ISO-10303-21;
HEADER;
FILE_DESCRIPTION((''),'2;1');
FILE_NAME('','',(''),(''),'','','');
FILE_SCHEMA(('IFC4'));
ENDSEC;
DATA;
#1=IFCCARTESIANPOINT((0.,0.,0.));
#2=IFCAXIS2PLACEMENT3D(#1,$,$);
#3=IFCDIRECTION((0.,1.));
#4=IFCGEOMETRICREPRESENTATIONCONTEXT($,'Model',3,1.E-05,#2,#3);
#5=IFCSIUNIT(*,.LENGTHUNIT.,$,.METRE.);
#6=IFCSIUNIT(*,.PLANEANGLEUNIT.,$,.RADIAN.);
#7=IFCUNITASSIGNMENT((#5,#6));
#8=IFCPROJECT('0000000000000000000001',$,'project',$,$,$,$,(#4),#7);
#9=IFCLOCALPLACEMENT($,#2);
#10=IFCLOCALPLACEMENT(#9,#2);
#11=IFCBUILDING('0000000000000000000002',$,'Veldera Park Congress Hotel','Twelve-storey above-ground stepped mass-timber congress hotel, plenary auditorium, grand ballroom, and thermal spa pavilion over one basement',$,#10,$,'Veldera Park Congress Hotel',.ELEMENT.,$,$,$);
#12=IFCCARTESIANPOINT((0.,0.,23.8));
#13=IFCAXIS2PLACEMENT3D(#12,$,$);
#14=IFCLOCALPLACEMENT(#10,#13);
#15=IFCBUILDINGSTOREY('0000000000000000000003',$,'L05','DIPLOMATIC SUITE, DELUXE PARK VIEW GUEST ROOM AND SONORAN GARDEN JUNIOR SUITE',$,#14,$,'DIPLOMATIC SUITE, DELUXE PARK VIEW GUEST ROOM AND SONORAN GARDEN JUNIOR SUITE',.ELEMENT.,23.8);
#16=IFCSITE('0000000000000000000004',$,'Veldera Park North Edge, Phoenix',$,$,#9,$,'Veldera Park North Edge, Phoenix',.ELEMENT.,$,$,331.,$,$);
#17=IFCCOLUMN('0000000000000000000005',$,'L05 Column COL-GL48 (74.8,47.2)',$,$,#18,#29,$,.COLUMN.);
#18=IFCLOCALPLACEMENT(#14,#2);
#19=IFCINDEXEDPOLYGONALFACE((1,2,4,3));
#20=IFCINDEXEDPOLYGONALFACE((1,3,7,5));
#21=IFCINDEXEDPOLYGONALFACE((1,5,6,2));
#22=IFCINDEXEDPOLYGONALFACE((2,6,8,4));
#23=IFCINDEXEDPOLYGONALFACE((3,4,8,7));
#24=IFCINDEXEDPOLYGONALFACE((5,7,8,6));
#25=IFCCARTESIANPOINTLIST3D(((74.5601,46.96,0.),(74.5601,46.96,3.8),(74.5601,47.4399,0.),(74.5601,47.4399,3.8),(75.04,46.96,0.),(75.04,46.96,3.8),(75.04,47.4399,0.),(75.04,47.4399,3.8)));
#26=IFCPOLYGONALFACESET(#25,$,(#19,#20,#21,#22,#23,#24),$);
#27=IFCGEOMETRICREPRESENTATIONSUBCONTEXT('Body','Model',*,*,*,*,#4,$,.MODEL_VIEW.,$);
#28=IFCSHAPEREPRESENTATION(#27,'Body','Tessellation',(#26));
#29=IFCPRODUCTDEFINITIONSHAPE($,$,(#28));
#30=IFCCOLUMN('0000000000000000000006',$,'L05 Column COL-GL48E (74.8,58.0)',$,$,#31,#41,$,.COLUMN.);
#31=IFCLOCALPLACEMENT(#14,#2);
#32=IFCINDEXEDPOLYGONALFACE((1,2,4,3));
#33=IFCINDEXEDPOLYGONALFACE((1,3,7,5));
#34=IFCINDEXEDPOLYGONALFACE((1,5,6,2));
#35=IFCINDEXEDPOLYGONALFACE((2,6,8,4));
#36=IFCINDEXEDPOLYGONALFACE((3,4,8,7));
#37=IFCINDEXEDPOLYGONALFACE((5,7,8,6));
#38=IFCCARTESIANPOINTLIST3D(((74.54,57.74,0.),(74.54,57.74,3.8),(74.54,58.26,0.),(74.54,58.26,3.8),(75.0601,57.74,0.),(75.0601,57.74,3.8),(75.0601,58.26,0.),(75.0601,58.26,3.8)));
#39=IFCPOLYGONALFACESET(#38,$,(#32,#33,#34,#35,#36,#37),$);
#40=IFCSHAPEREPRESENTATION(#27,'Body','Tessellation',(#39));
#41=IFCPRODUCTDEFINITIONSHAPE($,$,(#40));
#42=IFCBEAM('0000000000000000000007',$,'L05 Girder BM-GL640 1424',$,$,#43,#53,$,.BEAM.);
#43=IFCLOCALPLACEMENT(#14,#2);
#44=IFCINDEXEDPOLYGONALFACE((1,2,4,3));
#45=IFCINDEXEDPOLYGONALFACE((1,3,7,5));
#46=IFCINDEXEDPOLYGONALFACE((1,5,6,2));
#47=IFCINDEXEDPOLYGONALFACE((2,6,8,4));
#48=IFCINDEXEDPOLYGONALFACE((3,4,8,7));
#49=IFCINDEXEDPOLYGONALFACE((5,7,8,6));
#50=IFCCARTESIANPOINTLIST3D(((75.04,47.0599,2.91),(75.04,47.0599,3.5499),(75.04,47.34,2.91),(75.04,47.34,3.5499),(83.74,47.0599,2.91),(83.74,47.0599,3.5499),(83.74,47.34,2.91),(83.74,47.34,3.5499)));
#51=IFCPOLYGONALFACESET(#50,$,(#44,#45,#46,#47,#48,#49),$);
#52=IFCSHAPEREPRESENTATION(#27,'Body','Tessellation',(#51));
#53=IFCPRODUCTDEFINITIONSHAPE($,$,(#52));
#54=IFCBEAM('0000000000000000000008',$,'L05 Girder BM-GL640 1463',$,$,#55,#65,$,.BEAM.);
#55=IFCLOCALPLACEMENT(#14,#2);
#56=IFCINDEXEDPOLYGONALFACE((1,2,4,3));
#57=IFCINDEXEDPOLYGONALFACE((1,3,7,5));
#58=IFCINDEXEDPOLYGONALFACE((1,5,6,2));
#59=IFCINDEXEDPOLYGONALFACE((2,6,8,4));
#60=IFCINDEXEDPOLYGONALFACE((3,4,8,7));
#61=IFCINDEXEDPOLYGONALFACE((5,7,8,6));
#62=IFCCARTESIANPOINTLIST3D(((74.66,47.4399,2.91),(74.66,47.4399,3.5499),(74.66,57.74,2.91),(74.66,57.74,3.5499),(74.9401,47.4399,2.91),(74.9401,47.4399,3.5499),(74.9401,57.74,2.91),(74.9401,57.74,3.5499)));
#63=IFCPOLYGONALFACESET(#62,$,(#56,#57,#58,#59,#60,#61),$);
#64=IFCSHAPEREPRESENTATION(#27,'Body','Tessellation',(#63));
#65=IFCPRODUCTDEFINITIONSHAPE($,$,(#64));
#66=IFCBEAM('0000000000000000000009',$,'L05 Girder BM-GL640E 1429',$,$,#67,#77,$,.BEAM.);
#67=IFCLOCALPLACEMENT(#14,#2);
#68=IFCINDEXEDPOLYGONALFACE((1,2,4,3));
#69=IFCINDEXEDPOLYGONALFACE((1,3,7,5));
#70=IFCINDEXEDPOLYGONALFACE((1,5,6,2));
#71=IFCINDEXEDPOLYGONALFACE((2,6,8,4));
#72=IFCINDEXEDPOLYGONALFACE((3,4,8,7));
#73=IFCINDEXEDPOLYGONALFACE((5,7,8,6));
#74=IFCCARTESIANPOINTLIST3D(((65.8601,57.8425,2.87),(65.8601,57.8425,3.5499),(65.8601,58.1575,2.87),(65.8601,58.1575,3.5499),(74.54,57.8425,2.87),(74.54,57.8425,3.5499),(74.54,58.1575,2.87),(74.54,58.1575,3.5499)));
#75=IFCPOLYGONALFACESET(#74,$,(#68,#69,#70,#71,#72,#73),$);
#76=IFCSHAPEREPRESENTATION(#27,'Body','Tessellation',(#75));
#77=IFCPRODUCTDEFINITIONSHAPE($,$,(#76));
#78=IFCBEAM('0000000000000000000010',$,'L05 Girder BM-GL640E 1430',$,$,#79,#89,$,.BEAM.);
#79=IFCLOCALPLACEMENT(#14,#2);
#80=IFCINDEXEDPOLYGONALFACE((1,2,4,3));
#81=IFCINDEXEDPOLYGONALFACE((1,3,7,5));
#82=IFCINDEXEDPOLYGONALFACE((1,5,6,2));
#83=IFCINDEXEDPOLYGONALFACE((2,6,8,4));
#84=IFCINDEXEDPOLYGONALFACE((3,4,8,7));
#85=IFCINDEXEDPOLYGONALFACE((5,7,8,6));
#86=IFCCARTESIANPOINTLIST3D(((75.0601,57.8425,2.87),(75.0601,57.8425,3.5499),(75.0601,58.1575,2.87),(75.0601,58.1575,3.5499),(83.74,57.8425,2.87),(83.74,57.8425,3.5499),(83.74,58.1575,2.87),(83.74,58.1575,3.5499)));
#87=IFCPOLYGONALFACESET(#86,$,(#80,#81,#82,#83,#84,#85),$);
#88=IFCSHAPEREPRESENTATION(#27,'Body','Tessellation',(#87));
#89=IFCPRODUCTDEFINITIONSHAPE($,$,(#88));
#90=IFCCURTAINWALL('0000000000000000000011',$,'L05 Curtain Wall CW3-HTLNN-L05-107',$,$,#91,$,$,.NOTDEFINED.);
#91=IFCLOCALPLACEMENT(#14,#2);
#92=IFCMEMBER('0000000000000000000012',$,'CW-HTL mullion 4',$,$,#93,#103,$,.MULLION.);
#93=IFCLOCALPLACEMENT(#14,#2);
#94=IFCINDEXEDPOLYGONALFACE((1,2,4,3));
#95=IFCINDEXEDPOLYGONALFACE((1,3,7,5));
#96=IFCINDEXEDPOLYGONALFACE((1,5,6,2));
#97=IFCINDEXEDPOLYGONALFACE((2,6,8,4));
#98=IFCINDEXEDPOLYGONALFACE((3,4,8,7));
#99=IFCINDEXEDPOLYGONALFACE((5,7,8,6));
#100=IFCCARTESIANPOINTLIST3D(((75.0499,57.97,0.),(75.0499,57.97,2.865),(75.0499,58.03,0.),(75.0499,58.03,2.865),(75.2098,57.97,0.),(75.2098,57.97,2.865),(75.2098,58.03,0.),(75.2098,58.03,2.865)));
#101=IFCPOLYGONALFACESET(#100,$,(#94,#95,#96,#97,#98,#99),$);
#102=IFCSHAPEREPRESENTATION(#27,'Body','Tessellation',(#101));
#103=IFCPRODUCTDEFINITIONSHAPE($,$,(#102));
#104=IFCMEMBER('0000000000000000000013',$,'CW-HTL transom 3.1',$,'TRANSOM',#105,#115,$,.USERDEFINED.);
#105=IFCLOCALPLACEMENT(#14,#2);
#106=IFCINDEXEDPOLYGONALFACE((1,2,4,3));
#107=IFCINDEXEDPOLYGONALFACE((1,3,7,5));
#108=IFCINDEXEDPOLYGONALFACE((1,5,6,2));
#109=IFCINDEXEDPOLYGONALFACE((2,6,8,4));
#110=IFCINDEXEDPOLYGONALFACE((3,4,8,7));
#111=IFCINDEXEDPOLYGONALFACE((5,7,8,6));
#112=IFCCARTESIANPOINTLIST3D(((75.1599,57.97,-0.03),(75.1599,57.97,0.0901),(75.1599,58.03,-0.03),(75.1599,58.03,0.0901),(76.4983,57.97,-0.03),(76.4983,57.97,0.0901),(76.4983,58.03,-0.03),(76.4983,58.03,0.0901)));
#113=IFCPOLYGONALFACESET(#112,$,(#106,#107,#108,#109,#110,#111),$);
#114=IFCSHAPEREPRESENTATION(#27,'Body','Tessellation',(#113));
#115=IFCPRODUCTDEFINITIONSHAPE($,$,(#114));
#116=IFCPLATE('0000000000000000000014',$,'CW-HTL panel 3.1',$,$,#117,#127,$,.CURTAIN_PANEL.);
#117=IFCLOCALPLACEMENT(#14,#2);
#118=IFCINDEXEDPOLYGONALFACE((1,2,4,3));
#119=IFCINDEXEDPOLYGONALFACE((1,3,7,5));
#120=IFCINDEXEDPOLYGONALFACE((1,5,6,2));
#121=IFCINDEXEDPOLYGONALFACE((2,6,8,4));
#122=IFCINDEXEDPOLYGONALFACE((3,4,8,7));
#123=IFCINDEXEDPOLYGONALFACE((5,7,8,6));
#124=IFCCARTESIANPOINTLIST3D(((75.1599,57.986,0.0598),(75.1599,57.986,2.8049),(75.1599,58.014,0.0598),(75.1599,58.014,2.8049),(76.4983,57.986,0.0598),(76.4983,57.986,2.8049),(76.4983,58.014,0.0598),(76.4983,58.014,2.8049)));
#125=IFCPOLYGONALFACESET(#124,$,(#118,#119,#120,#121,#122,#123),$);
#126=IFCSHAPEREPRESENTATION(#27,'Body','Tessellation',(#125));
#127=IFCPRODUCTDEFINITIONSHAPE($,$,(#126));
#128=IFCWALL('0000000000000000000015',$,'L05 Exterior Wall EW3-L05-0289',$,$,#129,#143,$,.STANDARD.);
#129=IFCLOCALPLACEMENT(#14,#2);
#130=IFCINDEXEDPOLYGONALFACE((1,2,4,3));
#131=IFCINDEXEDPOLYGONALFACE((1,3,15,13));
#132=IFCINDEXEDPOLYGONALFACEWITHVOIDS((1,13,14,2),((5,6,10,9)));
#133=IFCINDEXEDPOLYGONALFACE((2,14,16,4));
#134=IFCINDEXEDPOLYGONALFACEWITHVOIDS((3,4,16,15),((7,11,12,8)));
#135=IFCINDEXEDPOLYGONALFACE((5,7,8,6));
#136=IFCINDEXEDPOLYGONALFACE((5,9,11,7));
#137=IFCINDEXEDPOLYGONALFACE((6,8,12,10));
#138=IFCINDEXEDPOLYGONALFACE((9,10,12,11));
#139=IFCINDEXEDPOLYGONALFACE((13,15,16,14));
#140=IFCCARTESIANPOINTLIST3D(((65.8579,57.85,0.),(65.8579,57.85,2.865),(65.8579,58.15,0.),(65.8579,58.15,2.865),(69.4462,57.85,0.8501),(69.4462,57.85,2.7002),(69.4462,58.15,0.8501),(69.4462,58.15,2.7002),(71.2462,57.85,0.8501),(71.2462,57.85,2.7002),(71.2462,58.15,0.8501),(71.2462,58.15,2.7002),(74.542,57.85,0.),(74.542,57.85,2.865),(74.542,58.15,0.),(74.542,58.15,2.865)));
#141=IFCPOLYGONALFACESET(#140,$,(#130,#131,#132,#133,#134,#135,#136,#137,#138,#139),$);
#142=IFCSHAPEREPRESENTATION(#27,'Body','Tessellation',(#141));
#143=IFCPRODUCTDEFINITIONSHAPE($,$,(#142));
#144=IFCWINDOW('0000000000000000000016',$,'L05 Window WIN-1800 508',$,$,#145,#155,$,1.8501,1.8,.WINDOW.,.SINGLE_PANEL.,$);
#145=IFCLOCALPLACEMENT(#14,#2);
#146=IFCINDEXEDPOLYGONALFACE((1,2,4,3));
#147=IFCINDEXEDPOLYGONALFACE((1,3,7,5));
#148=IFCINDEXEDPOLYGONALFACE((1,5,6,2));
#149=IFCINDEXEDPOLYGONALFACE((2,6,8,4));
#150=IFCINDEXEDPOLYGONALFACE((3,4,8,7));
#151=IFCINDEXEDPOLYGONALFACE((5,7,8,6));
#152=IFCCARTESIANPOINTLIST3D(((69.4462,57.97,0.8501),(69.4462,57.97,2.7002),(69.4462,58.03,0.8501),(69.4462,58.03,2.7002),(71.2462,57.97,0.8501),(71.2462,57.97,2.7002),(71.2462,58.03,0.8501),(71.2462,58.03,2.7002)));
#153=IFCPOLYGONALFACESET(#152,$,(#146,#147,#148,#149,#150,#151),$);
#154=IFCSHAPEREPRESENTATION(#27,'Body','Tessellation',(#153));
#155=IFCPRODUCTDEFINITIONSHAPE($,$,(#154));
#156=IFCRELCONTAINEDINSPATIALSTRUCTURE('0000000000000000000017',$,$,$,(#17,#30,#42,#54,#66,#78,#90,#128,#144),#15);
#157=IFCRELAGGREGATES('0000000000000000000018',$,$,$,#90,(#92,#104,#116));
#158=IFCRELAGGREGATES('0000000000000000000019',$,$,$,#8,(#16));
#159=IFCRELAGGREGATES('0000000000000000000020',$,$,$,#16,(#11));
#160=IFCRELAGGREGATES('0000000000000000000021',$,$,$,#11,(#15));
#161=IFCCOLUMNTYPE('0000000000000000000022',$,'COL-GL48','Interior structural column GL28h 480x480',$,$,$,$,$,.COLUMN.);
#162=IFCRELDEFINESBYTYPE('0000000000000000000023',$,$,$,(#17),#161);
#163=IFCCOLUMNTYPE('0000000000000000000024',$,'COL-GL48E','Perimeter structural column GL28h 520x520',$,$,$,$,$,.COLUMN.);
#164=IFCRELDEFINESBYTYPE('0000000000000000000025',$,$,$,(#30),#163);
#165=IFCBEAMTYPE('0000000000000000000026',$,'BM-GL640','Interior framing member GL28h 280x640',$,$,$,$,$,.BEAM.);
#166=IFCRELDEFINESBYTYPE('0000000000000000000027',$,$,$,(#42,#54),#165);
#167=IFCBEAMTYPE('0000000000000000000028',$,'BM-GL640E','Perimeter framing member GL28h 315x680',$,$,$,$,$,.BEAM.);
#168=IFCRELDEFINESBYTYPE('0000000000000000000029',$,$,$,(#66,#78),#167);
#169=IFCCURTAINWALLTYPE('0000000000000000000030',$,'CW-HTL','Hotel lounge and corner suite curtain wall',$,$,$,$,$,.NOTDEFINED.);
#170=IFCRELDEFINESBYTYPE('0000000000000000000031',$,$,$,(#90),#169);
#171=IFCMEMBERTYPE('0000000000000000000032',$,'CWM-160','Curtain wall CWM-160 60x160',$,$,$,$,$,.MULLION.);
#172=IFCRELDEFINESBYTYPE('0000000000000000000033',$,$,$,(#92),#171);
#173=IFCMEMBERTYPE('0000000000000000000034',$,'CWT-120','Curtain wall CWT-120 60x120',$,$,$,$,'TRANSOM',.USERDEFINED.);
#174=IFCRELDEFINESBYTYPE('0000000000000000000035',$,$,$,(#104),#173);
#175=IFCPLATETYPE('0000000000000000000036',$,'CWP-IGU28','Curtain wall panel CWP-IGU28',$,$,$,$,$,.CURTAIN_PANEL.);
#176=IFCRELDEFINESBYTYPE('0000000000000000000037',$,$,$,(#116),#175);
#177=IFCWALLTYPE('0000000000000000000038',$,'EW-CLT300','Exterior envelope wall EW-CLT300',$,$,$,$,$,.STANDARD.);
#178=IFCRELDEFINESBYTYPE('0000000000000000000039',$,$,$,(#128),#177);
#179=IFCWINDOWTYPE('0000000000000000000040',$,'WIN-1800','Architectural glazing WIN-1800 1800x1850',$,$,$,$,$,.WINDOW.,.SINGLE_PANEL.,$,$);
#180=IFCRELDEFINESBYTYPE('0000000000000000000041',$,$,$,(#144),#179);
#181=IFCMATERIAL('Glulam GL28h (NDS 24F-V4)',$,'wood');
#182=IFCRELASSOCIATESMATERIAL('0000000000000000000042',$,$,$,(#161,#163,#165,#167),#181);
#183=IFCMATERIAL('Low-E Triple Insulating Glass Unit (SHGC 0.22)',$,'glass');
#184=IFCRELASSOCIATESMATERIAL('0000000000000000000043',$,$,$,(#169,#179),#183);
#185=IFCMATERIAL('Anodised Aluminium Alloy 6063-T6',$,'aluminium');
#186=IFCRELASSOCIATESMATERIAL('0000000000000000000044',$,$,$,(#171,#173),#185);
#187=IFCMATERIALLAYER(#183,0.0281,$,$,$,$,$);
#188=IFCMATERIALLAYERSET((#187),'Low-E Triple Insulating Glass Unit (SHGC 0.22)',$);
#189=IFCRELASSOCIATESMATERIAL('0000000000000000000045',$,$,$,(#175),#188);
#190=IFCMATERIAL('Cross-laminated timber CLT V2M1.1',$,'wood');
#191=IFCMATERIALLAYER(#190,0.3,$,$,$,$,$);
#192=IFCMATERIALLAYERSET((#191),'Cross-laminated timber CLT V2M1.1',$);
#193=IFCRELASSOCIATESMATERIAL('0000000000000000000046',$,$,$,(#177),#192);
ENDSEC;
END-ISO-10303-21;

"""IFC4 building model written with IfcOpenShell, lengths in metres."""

from ifc_helpers import new_model, si_unit, direction, frame, frame_2d, origin, origin_2d, place, context, subcontext, project, spatial, rectangle, extrude, material, layer, layer_set, material_profile, profile_set, type_object, element, fill, aggregate, save


model = new_model("IFC4")

# Units and contexts
model_context = context("Model", 3, precision=1e-05, world=origin(), true_north=direction((0.0, 1.0)))
body_context = subcontext(model_context, "Body", "Model", "MODEL_VIEW")
ifc_project = project(units=[si_unit("LENGTHUNIT", "METRE"), si_unit("PLANEANGLEUNIT", "RADIAN")], contexts=[model_context])

# Site, building, storey
site_placement = place(None, origin())
site = spatial("IfcSite", under=ifc_project, at=site_placement, Name="Veldera Park North Edge, Phoenix", LongName="Veldera Park North Edge, Phoenix", CompositionType="ELEMENT", RefElevation=331.0)
building_placement = place(site_placement, origin())
building = spatial("IfcBuilding", under=site, at=building_placement, Name="Veldera Park Congress Hotel", Description="Twelve-storey above-ground stepped mass-timber congress hotel, plenary auditorium, grand ballroom, and thermal spa pavilion over one basement", LongName="Veldera Park Congress Hotel", CompositionType="ELEMENT")
storey_placement = place(building_placement, frame((0.0, 0.0, 23.8)))
storey = spatial("IfcBuildingStorey", under=building, at=storey_placement, Name="L05", Description="DIPLOMATIC SUITE, DELUXE PARK VIEW GUEST ROOM AND SONORAN GARDEN JUNIOR SUITE", LongName="DIPLOMATIC SUITE, DELUXE PARK VIEW GUEST ROOM AND SONORAN GARDEN JUNIOR SUITE", CompositionType="ELEMENT", Elevation=23.8)

# Columns
ifc_material_1 = material(Name="Glulam GL28h (NDS 24F-V4)", Category="wood")
ifc_material_profile_1 = material_profile(ifc_material_1, rectangle(XDim=0.48, YDim=0.48, at=origin_2d()), Name="GL28h 480x480")
ifc_profile_set_1 = profile_set([ifc_material_profile_1], Name="Glulam GL28h (NDS 24F-V4)")
column_type_1 = type_object("IfcColumnType", Name="COL-GL48", Description="Interior structural column GL28h 480x480", PredefinedType="COLUMN", material=ifc_profile_set_1)
column_1_placement = place(storey_placement, frame((74.8, 47.2, 0.0), z_axis=(0.0, 0.0, 1.0), x_axis=(1.0, 0.0, 0.0)))
element("IfcColumn", 1, at=column_1_placement, inside=storey, type_object=column_type_1, Name="L05 Column COL-GL48 (74.8,47.2)", PredefinedType="COLUMN", context=body_context, shape_type="SweptSolid", body=[
    extrude(rectangle(XDim=0.48, YDim=0.48, at=origin_2d()), origin(), (0.0, 0.0, 1.0), 3.8),
])
ifc_material_profile_2 = material_profile(ifc_material_1, rectangle(XDim=0.52, YDim=0.52, at=origin_2d()), Name="GL28h 520x520")
ifc_profile_set_2 = profile_set([ifc_material_profile_2], Name="Glulam GL28h (NDS 24F-V4)")
column_type_2 = type_object("IfcColumnType", Name="COL-GL48E", Description="Perimeter structural column GL28h 520x520", PredefinedType="COLUMN", material=ifc_profile_set_2)
column_2_placement = place(storey_placement, frame((74.8, 58.0, 0.0), z_axis=(0.0, 0.0, 1.0), x_axis=(1.0, 0.0, 0.0)))
element("IfcColumn", 2, at=column_2_placement, inside=storey, type_object=column_type_2, Name="L05 Column COL-GL48E (74.8,58.0)", PredefinedType="COLUMN", context=body_context, shape_type="SweptSolid", body=[
    extrude(rectangle(XDim=0.52, YDim=0.52, at=origin_2d()), origin(), (0.0, 0.0, 1.0), 3.8),
])

# Beams
ifc_material_profile_3 = material_profile(ifc_material_1, rectangle(XDim=0.28, YDim=0.6399, at=origin_2d()), Name="GL28h 280x640")
ifc_profile_set_3 = profile_set([ifc_material_profile_3], Name="Glulam GL28h (NDS 24F-V4)")
beam_type_1 = type_object("IfcBeamType", Name="BM-GL640", Description="Interior framing member GL28h 280x640", PredefinedType="BEAM", material=ifc_profile_set_3)
beam_1_placement = place(storey_placement, frame((75.04, 47.2, 3.23), z_axis=(1.0, 0.0, 0.0), x_axis=(0.0, 1.0, 0.0)))
element("IfcBeam", 3, at=beam_1_placement, inside=storey, type_object=beam_type_1, Name="L05 Girder BM-GL640 1424", PredefinedType="BEAM", context=body_context, shape_type="SweptSolid", body=[
    extrude(rectangle(XDim=0.28, YDim=0.6399, at=origin_2d()), origin(), (0.0, 0.0, 1.0), 8.7),
])
beam_2_placement = place(storey_placement, frame((74.8, 47.4399, 3.23), z_axis=(0.0, 1.0, 0.0), x_axis=(-1.0, 0.0, 0.0)))
element("IfcBeam", 4, at=beam_2_placement, inside=storey, type_object=beam_type_1, Name="L05 Girder BM-GL640 1463", PredefinedType="BEAM", context=body_context, shape_type="SweptSolid", body=[
    extrude(rectangle(XDim=0.28, YDim=0.6399, at=origin_2d()), origin(), (0.0, 0.0, 1.0), 10.3),
])
ifc_material_profile_4 = material_profile(ifc_material_1, rectangle(XDim=0.3149, YDim=0.6799, at=origin_2d()), Name="GL28h 315x680")
ifc_profile_set_4 = profile_set([ifc_material_profile_4], Name="Glulam GL28h (NDS 24F-V4)")
beam_type_2 = type_object("IfcBeamType", Name="BM-GL640E", Description="Perimeter framing member GL28h 315x680", PredefinedType="BEAM", material=ifc_profile_set_4)
for number, where, z_axis, x_axis, name in (
    (5, (65.8601, 58.0, 3.21), (1.0, 0.0, 0.0), (0.0, 1.0, 0.0), "L05 Girder BM-GL640E 1429"),
    (6, (75.0601, 58.0, 3.21), (1.0, 0.0, 0.0), (0.0, 1.0, 0.0), "L05 Girder BM-GL640E 1430"),
):
    element("IfcBeam", number, at=place(storey_placement, frame(where, z_axis=z_axis, x_axis=x_axis)), inside=storey, type_object=beam_type_2, Name=name, PredefinedType="BEAM", context=body_context, shape_type="SweptSolid", body=[
        extrude(rectangle(XDim=0.3149, YDim=0.6799, at=origin_2d()), origin(), (0.0, 0.0, 1.0), 8.6799),
    ])

# Curtain wall, members, plate
ifc_material_2 = material(Name="Low-E Triple Insulating Glass Unit (SHGC 0.22)", Category="glass")
curtain_wall_type = type_object("IfcCurtainWallType", Name="CW-HTL", Description="Hotel lounge and corner suite curtain wall", PredefinedType="NOTDEFINED", material=ifc_material_2)
curtain_wall_placement = place(storey_placement, origin())
curtain_wall = element("IfcCurtainWall", 7, at=curtain_wall_placement, inside=storey, type_object=curtain_wall_type, Name="L05 Curtain Wall CW3-HTLNN-L05-107", PredefinedType="NOTDEFINED")
ifc_material_3 = material(Name="Anodised Aluminium Alloy 6063-T6", Category="aluminium")
ifc_material_profile_5 = material_profile(ifc_material_3, rectangle(XDim=0.0601, YDim=0.1599, at=origin_2d()), Name="ALU 60x160")
ifc_profile_set_5 = profile_set([ifc_material_profile_5], Name="Anodised Aluminium Alloy 6063-T6")
member_type_1 = type_object("IfcMemberType", Name="CWM-160", Description="Curtain wall CWM-160 60x160", PredefinedType="MULLION", material=ifc_profile_set_5)
member_1_placement = place(storey_placement, frame((75.1299, 58.0, 0.0), z_axis=(0.0, 0.0, 1.0), x_axis=(0.0, -1.0, 0.0)))
member_1 = element("IfcMember", 8, at=member_1_placement, type_object=member_type_1, Name="CW-HTL mullion 4", PredefinedType="MULLION", context=body_context, shape_type="SweptSolid", body=[
    extrude(rectangle(XDim=0.0601, YDim=0.1599, at=origin_2d()), origin(), (0.0, 0.0, 1.0), 2.865),
])
ifc_material_profile_6 = material_profile(ifc_material_3, rectangle(XDim=0.0601, YDim=0.1201, at=origin_2d()), Name="ALU 60x120")
ifc_profile_set_6 = profile_set([ifc_material_profile_6], Name="Anodised Aluminium Alloy 6063-T6")
member_type_2 = type_object("IfcMemberType", Name="CWT-120", Description="Curtain wall CWT-120 60x120", ElementType="TRANSOM", PredefinedType="USERDEFINED", material=ifc_profile_set_6)
member_2_placement = place(storey_placement, frame((76.4983, 58.0, 0.03), z_axis=(-1.0, 0.0, 0.0), x_axis=(0.0, -1.0, 0.0)))
member_2 = element("IfcMember", 9, at=member_2_placement, type_object=member_type_2, Name="CW-HTL transom 3.1", ObjectType="TRANSOM", PredefinedType="USERDEFINED", context=body_context, shape_type="SweptSolid", body=[
    extrude(rectangle(XDim=0.0601, YDim=0.1201, at=origin_2d()), origin(), (0.0, 0.0, 1.0), 1.3384),
])
ifc_layer_1 = layer(ifc_material_2, 0.0281)
ifc_layer_set_1 = layer_set([ifc_layer_1], Name="Low-E Triple Insulating Glass Unit (SHGC 0.22)")
plate_type = type_object("IfcPlateType", Name="CWP-IGU28", Description="Curtain wall panel CWP-IGU28", PredefinedType="CURTAIN_PANEL", material=ifc_layer_set_1)
plate_placement = place(storey_placement, frame((75.8291, 58.0, 0.0598), z_axis=(0.0, 0.0, 1.0), x_axis=(-1.0, 0.0, 0.0)))
plate = element("IfcPlate", 10, at=plate_placement, type_object=plate_type, Name="CW-HTL panel 3.1", PredefinedType="CURTAIN_PANEL", context=body_context, shape_type="SweptSolid", body=[
    extrude(rectangle(XDim=1.3384, YDim=0.0281, at=origin_2d()), origin(), (0.0, 0.0, 1.0), 2.7451),
])
aggregate(curtain_wall, [member_1, member_2, plate])

# Wall, opening, window
ifc_material_4 = material(Name="Cross-laminated timber CLT V2M1.1", Category="wood")
ifc_layer_2 = layer(ifc_material_4, 0.3)
ifc_layer_set_2 = layer_set([ifc_layer_2], Name="Cross-laminated timber CLT V2M1.1")
wall_type_1 = type_object("IfcWallType", Name="EW-CLT300", Description="Exterior envelope wall EW-CLT300", PredefinedType="STANDARD", material=ifc_layer_set_2)
wall_1_placement = place(storey_placement, frame((74.542, 58.0, 0.0), z_axis=(0.0, 0.0, 1.0), x_axis=(-1.0, 0.0, 0.0)))
wall_1 = element("IfcWall", 11, at=wall_1_placement, inside=storey, type_object=wall_type_1, Name="L05 Exterior Wall EW3-L05-0289", PredefinedType="STANDARD", context=body_context, shape_type="SweptSolid", body=[
    extrude(rectangle(XDim=8.6841, YDim=0.3, at=frame_2d((4.342, 0.0))), origin(), (0.0, 0.0, 1.0), 2.865),
])
opening_1_placement = place(wall_1_placement, frame((3.2959, 0.0, 0.8501)))
opening_1 = element("IfcOpeningElement", 12, at=opening_1_placement, cuts=wall_1, PredefinedType="OPENING", context=body_context, shape_type="SweptSolid", body=[
    extrude(rectangle(XDim=1.8, YDim=1.8501, at=frame_2d((0.8999, 0.925))), frame((0.0, 0.1621, 0.0), z_axis=(0.0, -1.0, 0.0), x_axis=(1.0, 0.0, 0.0)), (0.0, 0.0, 1.0), 0.324),
])
window_type = type_object("IfcWindowType", Name="WIN-1800", Description="Architectural glazing WIN-1800 1800x1850", PartitioningType="SINGLE_PANEL", PredefinedType="WINDOW", material=ifc_material_2)
window_placement = place(opening_1_placement, origin())
window = element("IfcWindow", 13, at=window_placement, inside=storey, type_object=window_type, Name="L05 Window WIN-1800 508", OverallHeight=1.8501, OverallWidth=1.8, PartitioningType="SINGLE_PANEL", PredefinedType="WINDOW", context=body_context, shape_type="SweptSolid", body=[
    extrude(rectangle(XDim=1.8, YDim=1.8501, at=frame_2d((0.8999, 0.925))), frame((0.0, 0.03, 0.0), z_axis=(0.0, -1.0, 0.0), x_axis=(1.0, 0.0, 0.0)), (0.0, 0.0, 1.0), 0.0601),
])
fill(opening_1, window)

save(model, "model.ifc")
